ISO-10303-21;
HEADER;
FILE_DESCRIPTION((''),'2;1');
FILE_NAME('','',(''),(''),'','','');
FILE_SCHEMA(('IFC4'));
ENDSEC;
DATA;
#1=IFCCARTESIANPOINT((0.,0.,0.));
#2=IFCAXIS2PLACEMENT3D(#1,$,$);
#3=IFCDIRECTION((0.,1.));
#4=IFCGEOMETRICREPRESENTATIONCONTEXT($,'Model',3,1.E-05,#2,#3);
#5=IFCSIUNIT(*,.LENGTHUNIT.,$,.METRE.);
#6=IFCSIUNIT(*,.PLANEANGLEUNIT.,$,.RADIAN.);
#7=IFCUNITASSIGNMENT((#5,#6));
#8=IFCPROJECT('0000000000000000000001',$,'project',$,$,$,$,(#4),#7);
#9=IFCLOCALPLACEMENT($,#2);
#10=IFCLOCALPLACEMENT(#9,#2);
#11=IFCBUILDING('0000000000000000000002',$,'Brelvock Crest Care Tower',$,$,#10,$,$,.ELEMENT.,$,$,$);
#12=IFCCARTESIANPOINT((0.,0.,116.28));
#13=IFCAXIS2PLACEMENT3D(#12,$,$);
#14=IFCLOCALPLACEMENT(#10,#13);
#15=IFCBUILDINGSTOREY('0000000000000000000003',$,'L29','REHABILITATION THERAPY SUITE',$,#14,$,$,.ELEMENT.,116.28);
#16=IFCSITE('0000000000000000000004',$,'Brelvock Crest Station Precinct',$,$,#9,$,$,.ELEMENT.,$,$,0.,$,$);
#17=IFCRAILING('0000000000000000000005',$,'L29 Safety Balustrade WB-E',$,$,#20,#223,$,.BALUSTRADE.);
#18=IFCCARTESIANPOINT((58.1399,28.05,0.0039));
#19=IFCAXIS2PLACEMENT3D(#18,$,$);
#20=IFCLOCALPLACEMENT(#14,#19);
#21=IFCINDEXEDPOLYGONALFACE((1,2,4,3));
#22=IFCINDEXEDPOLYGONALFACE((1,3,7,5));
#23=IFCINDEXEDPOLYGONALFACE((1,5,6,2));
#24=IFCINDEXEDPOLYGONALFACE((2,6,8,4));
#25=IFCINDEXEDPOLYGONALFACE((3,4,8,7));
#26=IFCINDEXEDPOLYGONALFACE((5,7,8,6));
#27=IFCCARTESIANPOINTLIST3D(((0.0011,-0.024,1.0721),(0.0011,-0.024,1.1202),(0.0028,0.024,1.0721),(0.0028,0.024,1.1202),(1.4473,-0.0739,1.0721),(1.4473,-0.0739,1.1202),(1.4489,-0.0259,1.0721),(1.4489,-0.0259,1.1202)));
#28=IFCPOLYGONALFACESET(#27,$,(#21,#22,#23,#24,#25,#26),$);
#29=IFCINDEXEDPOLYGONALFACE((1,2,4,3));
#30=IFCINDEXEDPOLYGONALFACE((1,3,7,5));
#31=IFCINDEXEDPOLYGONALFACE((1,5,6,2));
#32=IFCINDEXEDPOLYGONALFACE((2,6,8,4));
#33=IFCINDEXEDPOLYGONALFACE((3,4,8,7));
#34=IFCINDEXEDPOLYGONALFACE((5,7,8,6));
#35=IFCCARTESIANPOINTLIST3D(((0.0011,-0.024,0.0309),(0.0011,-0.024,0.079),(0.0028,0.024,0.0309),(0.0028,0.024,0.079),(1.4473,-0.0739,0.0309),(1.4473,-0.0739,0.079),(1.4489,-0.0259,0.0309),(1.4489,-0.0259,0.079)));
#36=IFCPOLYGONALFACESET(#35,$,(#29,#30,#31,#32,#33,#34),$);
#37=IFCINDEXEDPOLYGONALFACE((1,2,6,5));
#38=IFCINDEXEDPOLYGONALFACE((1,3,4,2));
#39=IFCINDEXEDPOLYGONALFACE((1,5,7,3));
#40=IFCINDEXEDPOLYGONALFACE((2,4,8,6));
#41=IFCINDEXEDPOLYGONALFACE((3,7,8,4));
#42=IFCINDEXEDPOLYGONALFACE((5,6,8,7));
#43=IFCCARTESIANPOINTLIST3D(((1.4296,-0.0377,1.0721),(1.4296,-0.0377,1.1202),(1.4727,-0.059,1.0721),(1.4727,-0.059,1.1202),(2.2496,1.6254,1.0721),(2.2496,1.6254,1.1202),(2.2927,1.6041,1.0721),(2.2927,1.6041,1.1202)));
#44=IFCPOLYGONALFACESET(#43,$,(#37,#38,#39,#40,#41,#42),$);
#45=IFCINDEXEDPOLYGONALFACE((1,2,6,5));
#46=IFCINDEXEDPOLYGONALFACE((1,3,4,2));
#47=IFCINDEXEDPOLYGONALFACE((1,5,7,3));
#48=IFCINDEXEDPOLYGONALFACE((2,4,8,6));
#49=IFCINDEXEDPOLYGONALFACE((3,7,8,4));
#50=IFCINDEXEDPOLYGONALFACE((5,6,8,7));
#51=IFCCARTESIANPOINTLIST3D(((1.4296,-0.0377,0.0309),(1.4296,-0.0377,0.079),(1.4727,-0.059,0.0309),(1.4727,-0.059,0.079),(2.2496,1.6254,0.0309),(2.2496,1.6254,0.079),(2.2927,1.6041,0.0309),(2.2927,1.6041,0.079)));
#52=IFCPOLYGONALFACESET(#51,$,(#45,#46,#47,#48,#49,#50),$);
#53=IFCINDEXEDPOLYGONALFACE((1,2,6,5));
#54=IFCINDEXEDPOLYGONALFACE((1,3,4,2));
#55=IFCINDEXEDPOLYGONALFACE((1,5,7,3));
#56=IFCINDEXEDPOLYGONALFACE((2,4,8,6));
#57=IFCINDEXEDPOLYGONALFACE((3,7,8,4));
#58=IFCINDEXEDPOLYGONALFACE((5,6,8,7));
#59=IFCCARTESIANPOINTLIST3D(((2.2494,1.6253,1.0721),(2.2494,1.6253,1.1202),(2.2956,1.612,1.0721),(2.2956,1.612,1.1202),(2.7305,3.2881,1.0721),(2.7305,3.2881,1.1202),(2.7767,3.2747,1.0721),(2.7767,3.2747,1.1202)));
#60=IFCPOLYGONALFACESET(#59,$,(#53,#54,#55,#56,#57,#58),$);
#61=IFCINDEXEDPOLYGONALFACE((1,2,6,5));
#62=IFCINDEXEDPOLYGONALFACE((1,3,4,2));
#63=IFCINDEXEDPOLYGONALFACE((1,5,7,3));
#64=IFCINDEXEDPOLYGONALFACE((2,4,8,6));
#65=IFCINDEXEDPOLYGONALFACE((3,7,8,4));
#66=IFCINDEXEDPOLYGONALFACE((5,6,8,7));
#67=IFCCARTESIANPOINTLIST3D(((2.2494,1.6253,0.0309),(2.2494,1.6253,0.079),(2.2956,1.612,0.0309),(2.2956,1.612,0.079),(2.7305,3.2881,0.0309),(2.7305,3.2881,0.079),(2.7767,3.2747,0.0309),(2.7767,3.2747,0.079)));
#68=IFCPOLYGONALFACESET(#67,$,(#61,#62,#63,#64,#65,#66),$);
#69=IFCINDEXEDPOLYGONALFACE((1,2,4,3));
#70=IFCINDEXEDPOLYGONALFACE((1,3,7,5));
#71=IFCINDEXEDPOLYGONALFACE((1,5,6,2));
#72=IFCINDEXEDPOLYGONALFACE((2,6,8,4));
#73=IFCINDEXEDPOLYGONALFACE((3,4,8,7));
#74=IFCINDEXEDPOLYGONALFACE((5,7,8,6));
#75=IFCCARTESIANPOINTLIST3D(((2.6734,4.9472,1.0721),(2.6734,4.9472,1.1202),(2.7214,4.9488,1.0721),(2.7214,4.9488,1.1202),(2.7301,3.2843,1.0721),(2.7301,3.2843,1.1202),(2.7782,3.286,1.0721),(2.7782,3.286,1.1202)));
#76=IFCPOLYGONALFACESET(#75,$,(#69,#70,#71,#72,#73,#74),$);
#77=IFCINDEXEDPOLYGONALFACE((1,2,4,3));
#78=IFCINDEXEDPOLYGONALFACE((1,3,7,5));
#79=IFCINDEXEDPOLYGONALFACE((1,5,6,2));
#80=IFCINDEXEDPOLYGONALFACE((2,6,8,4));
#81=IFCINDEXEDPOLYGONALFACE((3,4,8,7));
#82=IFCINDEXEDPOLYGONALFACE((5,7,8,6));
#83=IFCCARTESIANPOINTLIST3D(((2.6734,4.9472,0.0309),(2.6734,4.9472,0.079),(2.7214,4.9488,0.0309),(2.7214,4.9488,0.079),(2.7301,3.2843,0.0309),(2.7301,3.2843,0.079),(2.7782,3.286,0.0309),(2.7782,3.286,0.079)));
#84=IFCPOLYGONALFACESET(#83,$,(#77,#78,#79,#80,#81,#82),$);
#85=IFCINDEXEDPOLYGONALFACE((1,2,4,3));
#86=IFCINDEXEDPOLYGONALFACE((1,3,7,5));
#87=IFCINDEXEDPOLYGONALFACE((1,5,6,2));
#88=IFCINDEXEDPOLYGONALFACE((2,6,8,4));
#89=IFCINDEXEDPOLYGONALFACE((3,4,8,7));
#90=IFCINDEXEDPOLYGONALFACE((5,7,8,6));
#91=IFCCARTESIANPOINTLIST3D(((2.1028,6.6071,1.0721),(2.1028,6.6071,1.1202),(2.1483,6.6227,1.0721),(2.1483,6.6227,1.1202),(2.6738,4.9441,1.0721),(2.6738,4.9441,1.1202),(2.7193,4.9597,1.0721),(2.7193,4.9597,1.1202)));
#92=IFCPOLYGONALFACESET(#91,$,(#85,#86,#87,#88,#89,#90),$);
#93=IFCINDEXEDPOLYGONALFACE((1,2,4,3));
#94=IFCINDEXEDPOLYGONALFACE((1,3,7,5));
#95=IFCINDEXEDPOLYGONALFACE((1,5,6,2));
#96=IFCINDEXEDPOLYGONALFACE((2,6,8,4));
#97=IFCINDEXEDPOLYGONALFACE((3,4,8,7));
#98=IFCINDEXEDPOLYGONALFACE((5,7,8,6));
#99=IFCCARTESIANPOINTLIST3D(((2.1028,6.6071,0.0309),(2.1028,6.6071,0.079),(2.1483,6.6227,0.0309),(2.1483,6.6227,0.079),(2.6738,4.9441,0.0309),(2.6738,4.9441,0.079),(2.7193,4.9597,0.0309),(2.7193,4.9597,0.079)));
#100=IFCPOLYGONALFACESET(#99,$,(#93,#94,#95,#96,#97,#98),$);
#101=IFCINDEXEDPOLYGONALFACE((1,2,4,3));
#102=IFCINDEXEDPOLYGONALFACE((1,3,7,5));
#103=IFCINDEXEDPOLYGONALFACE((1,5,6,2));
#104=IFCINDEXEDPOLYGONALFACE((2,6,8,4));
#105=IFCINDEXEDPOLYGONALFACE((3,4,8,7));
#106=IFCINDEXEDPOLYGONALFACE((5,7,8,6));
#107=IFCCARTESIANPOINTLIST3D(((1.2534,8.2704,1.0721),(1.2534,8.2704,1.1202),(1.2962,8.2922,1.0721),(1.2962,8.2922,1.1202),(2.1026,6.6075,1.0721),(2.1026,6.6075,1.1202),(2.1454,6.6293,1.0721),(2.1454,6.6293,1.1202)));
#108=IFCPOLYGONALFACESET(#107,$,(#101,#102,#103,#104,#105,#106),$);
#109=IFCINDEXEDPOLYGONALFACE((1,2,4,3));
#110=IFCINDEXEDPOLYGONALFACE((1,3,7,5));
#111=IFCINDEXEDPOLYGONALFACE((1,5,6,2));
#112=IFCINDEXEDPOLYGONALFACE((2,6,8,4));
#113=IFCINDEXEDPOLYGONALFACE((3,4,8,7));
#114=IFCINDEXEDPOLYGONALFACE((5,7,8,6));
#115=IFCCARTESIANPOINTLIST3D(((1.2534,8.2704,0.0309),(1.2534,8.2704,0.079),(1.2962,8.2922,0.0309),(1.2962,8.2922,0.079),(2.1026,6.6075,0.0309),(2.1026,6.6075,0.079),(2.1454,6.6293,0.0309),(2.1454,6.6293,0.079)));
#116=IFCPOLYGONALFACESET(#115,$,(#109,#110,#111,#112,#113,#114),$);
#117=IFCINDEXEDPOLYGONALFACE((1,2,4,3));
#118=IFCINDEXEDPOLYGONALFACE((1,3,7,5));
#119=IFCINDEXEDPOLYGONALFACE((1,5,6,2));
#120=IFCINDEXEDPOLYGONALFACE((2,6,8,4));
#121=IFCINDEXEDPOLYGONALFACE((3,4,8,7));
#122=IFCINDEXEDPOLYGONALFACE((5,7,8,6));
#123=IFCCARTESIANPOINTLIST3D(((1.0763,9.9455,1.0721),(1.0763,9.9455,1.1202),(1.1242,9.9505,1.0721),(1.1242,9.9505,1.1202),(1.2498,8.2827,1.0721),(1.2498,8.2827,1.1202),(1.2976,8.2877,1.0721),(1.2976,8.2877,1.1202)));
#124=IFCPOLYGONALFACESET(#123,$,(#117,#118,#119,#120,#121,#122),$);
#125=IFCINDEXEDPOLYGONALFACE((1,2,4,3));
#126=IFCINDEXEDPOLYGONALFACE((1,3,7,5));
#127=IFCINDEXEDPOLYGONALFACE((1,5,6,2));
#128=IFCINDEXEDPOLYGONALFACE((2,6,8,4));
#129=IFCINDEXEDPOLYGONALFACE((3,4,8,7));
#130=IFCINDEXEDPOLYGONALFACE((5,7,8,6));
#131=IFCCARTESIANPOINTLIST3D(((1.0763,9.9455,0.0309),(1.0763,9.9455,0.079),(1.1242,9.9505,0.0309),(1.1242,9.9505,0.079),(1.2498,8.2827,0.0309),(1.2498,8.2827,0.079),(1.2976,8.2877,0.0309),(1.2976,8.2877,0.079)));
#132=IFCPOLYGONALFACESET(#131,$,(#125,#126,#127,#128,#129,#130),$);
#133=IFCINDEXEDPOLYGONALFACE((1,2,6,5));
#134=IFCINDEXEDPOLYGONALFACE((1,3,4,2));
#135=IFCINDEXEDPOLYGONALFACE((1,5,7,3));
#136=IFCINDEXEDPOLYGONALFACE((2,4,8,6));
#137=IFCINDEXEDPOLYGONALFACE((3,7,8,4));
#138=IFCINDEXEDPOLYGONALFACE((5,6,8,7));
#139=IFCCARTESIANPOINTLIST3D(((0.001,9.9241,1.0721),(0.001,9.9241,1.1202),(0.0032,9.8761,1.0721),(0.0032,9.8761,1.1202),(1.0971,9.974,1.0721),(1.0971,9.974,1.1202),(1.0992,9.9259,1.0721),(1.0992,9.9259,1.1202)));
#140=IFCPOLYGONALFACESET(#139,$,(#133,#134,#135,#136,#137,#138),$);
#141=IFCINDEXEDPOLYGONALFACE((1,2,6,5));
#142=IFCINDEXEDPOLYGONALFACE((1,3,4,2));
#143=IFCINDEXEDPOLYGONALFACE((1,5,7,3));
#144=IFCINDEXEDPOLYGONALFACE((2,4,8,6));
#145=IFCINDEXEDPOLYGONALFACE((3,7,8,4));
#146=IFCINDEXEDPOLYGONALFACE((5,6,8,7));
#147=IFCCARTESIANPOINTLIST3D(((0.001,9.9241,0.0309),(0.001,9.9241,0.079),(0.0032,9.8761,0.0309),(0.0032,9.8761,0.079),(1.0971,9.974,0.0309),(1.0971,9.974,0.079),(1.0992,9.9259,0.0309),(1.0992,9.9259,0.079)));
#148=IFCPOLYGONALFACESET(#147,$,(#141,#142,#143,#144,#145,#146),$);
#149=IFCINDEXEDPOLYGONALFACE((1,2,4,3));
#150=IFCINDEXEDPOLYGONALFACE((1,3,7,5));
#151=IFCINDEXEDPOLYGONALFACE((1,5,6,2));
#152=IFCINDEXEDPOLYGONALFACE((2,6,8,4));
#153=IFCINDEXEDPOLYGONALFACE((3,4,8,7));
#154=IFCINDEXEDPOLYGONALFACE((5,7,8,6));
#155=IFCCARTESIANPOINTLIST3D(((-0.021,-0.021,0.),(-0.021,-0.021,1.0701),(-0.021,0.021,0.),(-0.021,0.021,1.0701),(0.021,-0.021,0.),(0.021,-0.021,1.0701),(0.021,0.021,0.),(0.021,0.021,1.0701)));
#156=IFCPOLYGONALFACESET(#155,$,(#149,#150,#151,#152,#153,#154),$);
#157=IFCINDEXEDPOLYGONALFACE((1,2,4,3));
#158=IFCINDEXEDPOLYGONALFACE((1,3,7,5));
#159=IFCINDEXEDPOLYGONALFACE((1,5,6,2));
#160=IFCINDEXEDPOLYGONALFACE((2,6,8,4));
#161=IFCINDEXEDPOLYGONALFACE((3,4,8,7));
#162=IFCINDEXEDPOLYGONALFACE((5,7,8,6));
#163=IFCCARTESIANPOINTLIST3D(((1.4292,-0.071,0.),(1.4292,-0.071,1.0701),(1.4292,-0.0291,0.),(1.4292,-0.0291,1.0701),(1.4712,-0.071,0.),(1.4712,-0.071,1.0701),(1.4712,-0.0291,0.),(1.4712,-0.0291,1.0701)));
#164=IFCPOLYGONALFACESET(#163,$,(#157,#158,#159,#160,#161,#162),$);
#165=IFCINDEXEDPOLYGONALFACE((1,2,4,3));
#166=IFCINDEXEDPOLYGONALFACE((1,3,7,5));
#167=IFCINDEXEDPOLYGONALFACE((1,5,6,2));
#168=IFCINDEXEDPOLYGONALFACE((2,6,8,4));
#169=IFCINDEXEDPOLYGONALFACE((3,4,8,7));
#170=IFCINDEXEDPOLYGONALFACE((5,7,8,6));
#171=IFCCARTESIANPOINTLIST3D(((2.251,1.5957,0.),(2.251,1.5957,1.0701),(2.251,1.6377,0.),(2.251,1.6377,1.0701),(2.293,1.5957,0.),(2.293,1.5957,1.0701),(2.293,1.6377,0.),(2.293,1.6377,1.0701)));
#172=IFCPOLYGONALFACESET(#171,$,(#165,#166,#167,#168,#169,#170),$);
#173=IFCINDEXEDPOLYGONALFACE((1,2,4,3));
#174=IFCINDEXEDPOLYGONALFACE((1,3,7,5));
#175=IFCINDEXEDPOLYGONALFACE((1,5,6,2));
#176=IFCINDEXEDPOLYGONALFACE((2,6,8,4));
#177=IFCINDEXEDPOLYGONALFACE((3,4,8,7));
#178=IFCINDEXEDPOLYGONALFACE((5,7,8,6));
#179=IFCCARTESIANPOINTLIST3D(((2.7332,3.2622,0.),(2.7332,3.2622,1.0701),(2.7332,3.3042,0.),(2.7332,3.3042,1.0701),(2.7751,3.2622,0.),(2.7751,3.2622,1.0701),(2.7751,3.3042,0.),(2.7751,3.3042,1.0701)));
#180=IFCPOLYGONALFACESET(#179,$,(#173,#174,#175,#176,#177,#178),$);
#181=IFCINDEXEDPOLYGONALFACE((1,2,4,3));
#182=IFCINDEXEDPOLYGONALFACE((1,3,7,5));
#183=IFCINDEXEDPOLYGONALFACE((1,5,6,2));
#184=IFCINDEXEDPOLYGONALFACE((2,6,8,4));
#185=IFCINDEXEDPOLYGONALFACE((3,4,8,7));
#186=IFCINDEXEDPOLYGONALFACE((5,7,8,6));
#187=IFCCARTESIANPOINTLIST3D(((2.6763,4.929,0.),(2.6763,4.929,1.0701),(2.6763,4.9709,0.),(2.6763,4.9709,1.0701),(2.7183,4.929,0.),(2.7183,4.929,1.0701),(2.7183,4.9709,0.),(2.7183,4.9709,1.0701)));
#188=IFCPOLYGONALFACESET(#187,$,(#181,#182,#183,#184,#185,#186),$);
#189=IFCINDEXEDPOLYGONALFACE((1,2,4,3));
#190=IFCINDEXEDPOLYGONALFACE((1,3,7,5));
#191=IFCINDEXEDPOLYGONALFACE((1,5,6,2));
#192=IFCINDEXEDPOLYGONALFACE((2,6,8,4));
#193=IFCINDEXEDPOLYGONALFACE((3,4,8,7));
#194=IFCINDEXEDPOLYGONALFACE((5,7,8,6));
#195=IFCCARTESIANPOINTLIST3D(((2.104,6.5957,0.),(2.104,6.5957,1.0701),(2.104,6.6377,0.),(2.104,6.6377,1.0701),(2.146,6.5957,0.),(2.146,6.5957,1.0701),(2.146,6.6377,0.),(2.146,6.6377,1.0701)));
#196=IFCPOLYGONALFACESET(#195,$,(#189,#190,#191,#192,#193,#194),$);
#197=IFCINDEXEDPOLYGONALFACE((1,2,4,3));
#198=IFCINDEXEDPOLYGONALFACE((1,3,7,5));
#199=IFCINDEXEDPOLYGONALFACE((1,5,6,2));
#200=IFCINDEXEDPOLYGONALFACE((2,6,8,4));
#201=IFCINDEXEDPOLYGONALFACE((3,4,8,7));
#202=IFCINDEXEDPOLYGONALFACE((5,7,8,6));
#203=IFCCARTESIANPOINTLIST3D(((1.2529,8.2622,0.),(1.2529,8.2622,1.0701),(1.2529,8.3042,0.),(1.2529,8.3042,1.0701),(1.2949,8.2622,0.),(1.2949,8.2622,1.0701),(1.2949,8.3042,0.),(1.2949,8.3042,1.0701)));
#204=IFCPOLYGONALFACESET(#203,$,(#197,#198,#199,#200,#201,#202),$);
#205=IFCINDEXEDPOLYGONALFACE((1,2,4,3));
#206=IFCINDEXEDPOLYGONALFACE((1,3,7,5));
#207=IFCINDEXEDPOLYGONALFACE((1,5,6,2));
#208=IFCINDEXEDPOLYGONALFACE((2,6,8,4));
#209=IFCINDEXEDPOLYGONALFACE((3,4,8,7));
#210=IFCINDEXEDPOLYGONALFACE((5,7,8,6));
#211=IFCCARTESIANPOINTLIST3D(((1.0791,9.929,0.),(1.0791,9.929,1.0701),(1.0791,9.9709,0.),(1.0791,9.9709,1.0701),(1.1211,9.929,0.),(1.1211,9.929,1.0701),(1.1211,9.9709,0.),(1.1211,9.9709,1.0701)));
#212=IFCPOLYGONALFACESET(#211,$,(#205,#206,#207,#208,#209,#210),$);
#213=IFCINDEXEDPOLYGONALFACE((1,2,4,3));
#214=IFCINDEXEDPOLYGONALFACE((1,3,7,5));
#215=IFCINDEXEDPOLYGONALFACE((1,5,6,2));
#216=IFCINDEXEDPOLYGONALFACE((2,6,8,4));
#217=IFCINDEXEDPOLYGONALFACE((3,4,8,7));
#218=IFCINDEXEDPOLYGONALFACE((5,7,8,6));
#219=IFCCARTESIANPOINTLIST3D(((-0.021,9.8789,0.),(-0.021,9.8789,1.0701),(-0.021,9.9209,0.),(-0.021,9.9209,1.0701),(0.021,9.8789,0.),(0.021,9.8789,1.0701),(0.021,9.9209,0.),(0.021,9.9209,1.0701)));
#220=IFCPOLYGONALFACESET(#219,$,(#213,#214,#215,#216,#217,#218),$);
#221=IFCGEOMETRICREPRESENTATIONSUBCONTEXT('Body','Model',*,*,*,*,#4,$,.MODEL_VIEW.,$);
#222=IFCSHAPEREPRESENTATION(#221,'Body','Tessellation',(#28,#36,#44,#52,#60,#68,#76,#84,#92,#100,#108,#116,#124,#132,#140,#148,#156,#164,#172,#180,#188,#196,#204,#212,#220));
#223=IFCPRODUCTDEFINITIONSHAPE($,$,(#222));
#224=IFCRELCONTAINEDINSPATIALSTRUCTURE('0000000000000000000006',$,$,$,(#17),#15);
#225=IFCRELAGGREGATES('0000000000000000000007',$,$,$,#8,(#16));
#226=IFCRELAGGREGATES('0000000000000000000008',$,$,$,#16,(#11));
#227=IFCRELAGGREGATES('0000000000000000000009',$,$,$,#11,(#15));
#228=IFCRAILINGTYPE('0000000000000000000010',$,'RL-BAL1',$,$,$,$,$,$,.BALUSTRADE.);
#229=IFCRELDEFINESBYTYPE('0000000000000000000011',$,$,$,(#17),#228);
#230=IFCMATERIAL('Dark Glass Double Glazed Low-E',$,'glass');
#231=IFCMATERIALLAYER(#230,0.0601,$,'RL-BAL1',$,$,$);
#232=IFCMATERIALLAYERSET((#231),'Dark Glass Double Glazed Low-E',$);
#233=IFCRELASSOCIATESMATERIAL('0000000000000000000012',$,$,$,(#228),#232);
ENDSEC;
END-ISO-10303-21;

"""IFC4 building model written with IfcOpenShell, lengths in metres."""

from ifc_helpers import new_model, si_unit, direction, frame, origin, origin_2d, place, context, subcontext, project, spatial, rectangle, extrude, material, layer, layer_set, type_object, element, save


model = new_model("IFC4")

# Units and contexts
model_context = context("Model", 3, precision=1e-05, world=origin(), true_north=direction((0.0, 1.0)))
body_context = subcontext(model_context, "Body", "Model", "MODEL_VIEW")
ifc_project = project(units=[si_unit("LENGTHUNIT", "METRE"), si_unit("PLANEANGLEUNIT", "RADIAN")], contexts=[model_context])

# Site, building, storey
site_placement = place(None, origin())
site = spatial("IfcSite", under=ifc_project, at=site_placement, Name="Brelvock Crest Station Precinct", CompositionType="ELEMENT", RefElevation=0.0)
building_placement = place(site_placement, origin())
building = spatial("IfcBuilding", under=site, at=building_placement, Name="Brelvock Crest Care Tower", CompositionType="ELEMENT")
storey_placement = place(building_placement, frame((0.0, 0.0, 116.28)))
storey = spatial("IfcBuildingStorey", under=building, at=storey_placement, Name="L29", Description="REHABILITATION THERAPY SUITE", CompositionType="ELEMENT", Elevation=116.28)

# Shared definitions
ifc_material_1 = material(Name="Dark Glass Double Glazed Low-E", Category="glass")

# Railing
ifc_layer_1 = layer(ifc_material_1, 0.0601, Name="RL-BAL1")
ifc_layer_set_1 = layer_set([ifc_layer_1], Name="Dark Glass Double Glazed Low-E")
railing_type = type_object("IfcRailingType", Name="RL-BAL1", PredefinedType="BALUSTRADE", material=ifc_layer_set_1)
railing_placement = place(storey_placement, frame((58.1399, 28.05, 0.0039)))
element("IfcRailing", 1, at=railing_placement, inside=storey, type_object=railing_type, Name="L29 Safety Balustrade WB-E", PredefinedType="BALUSTRADE", context=body_context, shape_type="SweptSolid", body=[
    extrude(rectangle(XDim=0.0481, YDim=0.0481, at=origin_2d()), frame((0.002, 0.0, 1.0962), z_axis=(0.999405, -0.034491, 0.0), x_axis=(0.034491, 0.999405, 0.0)), (0.0, 0.0, 1.0), 1.447),
    extrude(rectangle(XDim=0.0481, YDim=0.0481, at=origin_2d()), frame((0.002, 0.0, 0.0549), z_axis=(0.999405, -0.034491, 0.0), x_axis=(0.034491, 0.999405, 0.0)), (0.0, 0.0, 1.0), 1.447),
    extrude(rectangle(XDim=0.0481, YDim=0.0481, at=origin_2d()), frame((1.4512, -0.0483, 1.0962), z_axis=(0.442214, 0.896909, 0.0), x_axis=(-0.896909, 0.442214, 0.0)), (0.0, 0.0, 1.0), 1.8542),
    extrude(rectangle(XDim=0.0481, YDim=0.0481, at=origin_2d()), frame((1.4512, -0.0483, 0.0549), z_axis=(0.442214, 0.896909, 0.0), x_axis=(-0.896909, 0.442214, 0.0)), (0.0, 0.0, 1.0), 1.8542),
    extrude(rectangle(XDim=0.0481, YDim=0.0481, at=origin_2d()), frame((2.2725, 1.6187, 1.0962), z_axis=(0.277935, 0.9606, 0.0), x_axis=(-0.9606, 0.277935, 0.0)), (0.0, 0.0, 1.0), 1.731),
    extrude(rectangle(XDim=0.0481, YDim=0.0481, at=origin_2d()), frame((2.2725, 1.6187, 0.0549), z_axis=(0.277935, 0.9606, 0.0), x_axis=(-0.9606, 0.277935, 0.0)), (0.0, 0.0, 1.0), 1.731),
    extrude(rectangle(XDim=0.0481, YDim=0.0481, at=origin_2d()), frame((2.7542, 3.2852, 1.0962), z_axis=(-0.034109, 0.999418, 0.0), x_axis=(-0.999418, -0.034109, 0.0)), (0.0, 0.0, 1.0), 1.6638),
    extrude(rectangle(XDim=0.0481, YDim=0.0481, at=origin_2d()), frame((2.7542, 3.2852, 0.0549), z_axis=(-0.034109, 0.999418, 0.0), x_axis=(-0.999418, -0.034109, 0.0)), (0.0, 0.0, 1.0), 1.6638),
    extrude(rectangle(XDim=0.0481, YDim=0.0481, at=origin_2d()), frame((2.6965, 4.9519, 1.0962), z_axis=(-0.324735, 0.945805, 0.0), x_axis=(-0.945805, -0.324735, 0.0)), (0.0, 0.0, 1.0), 1.7583),
    extrude(rectangle(XDim=0.0481, YDim=0.0481, at=origin_2d()), frame((2.6965, 4.9519, 0.0549), z_axis=(-0.324735, 0.945805, 0.0), x_axis=(-0.945805, -0.324735, 0.0)), (0.0, 0.0, 1.0), 1.7583),
    extrude(rectangle(XDim=0.0481, YDim=0.0481, at=origin_2d()), frame((2.124, 6.6184, 1.0962), z_axis=(-0.454817, 0.890585, 0.0), x_axis=(-0.890585, -0.454817, 0.0)), (0.0, 0.0, 1.0), 1.8672),
    extrude(rectangle(XDim=0.0481, YDim=0.0481, at=origin_2d()), frame((2.124, 6.6184, 0.0549), z_axis=(-0.454817, 0.890585, 0.0), x_axis=(-0.890585, -0.454817, 0.0)), (0.0, 0.0, 1.0), 1.8672),
    extrude(rectangle(XDim=0.0481, YDim=0.0481, at=origin_2d()), frame((1.2737, 8.2852, 1.0962), z_axis=(-0.103729, 0.994606, 0.0), x_axis=(-0.994606, -0.103729, 0.0)), (0.0, 0.0, 1.0), 1.6719),
    extrude(rectangle(XDim=0.0481, YDim=0.0481, at=origin_2d()), frame((1.2737, 8.2852, 0.0549), z_axis=(-0.103729, 0.994606, 0.0), x_axis=(-0.994606, -0.103729, 0.0)), (0.0, 0.0, 1.0), 1.6719),
    extrude(rectangle(XDim=0.0481, YDim=0.0481, at=origin_2d()), frame((1.0981, 9.95, 1.0962), z_axis=(-0.998967, -0.045448, 0.0), x_axis=(0.045448, -0.998967, 0.0)), (0.0, 0.0, 1.0), 1.0972),
    extrude(rectangle(XDim=0.0481, YDim=0.0481, at=origin_2d()), frame((1.0981, 9.95, 0.0549), z_axis=(-0.998967, -0.045448, 0.0), x_axis=(0.045448, -0.998967, 0.0)), (0.0, 0.0, 1.0), 1.0972),
    extrude(rectangle(XDim=0.042, YDim=0.042, at=origin_2d()), origin(), (0.0, 0.0, 1.0), 1.0701),
    extrude(rectangle(XDim=0.042, YDim=0.042, at=origin_2d()), frame((1.4502, -0.05, 0.0)), (0.0, 0.0, 1.0), 1.0701),
    extrude(rectangle(XDim=0.042, YDim=0.042, at=origin_2d()), frame((2.272, 1.6167, 0.0)), (0.0, 0.0, 1.0), 1.0701),
    extrude(rectangle(XDim=0.042, YDim=0.042, at=origin_2d()), frame((2.7542, 3.2832, 0.0)), (0.0, 0.0, 1.0), 1.0701),
    extrude(rectangle(XDim=0.042, YDim=0.042, at=origin_2d()), frame((2.6973, 4.95, 0.0)), (0.0, 0.0, 1.0), 1.0701),
    extrude(rectangle(XDim=0.042, YDim=0.042, at=origin_2d()), frame((2.125, 6.6167, 0.0)), (0.0, 0.0, 1.0), 1.0701),
    extrude(rectangle(XDim=0.042, YDim=0.042, at=origin_2d()), frame((1.2739, 8.2832, 0.0)), (0.0, 0.0, 1.0), 1.0701),
    extrude(rectangle(XDim=0.042, YDim=0.042, at=origin_2d()), frame((1.1001, 9.95, 0.0)), (0.0, 0.0, 1.0), 1.0701),
    extrude(rectangle(XDim=0.042, YDim=0.042, at=origin_2d()), frame((0.0, 9.8999, 0.0)), (0.0, 0.0, 1.0), 1.0701),
])

save(model, "model.ifc")
